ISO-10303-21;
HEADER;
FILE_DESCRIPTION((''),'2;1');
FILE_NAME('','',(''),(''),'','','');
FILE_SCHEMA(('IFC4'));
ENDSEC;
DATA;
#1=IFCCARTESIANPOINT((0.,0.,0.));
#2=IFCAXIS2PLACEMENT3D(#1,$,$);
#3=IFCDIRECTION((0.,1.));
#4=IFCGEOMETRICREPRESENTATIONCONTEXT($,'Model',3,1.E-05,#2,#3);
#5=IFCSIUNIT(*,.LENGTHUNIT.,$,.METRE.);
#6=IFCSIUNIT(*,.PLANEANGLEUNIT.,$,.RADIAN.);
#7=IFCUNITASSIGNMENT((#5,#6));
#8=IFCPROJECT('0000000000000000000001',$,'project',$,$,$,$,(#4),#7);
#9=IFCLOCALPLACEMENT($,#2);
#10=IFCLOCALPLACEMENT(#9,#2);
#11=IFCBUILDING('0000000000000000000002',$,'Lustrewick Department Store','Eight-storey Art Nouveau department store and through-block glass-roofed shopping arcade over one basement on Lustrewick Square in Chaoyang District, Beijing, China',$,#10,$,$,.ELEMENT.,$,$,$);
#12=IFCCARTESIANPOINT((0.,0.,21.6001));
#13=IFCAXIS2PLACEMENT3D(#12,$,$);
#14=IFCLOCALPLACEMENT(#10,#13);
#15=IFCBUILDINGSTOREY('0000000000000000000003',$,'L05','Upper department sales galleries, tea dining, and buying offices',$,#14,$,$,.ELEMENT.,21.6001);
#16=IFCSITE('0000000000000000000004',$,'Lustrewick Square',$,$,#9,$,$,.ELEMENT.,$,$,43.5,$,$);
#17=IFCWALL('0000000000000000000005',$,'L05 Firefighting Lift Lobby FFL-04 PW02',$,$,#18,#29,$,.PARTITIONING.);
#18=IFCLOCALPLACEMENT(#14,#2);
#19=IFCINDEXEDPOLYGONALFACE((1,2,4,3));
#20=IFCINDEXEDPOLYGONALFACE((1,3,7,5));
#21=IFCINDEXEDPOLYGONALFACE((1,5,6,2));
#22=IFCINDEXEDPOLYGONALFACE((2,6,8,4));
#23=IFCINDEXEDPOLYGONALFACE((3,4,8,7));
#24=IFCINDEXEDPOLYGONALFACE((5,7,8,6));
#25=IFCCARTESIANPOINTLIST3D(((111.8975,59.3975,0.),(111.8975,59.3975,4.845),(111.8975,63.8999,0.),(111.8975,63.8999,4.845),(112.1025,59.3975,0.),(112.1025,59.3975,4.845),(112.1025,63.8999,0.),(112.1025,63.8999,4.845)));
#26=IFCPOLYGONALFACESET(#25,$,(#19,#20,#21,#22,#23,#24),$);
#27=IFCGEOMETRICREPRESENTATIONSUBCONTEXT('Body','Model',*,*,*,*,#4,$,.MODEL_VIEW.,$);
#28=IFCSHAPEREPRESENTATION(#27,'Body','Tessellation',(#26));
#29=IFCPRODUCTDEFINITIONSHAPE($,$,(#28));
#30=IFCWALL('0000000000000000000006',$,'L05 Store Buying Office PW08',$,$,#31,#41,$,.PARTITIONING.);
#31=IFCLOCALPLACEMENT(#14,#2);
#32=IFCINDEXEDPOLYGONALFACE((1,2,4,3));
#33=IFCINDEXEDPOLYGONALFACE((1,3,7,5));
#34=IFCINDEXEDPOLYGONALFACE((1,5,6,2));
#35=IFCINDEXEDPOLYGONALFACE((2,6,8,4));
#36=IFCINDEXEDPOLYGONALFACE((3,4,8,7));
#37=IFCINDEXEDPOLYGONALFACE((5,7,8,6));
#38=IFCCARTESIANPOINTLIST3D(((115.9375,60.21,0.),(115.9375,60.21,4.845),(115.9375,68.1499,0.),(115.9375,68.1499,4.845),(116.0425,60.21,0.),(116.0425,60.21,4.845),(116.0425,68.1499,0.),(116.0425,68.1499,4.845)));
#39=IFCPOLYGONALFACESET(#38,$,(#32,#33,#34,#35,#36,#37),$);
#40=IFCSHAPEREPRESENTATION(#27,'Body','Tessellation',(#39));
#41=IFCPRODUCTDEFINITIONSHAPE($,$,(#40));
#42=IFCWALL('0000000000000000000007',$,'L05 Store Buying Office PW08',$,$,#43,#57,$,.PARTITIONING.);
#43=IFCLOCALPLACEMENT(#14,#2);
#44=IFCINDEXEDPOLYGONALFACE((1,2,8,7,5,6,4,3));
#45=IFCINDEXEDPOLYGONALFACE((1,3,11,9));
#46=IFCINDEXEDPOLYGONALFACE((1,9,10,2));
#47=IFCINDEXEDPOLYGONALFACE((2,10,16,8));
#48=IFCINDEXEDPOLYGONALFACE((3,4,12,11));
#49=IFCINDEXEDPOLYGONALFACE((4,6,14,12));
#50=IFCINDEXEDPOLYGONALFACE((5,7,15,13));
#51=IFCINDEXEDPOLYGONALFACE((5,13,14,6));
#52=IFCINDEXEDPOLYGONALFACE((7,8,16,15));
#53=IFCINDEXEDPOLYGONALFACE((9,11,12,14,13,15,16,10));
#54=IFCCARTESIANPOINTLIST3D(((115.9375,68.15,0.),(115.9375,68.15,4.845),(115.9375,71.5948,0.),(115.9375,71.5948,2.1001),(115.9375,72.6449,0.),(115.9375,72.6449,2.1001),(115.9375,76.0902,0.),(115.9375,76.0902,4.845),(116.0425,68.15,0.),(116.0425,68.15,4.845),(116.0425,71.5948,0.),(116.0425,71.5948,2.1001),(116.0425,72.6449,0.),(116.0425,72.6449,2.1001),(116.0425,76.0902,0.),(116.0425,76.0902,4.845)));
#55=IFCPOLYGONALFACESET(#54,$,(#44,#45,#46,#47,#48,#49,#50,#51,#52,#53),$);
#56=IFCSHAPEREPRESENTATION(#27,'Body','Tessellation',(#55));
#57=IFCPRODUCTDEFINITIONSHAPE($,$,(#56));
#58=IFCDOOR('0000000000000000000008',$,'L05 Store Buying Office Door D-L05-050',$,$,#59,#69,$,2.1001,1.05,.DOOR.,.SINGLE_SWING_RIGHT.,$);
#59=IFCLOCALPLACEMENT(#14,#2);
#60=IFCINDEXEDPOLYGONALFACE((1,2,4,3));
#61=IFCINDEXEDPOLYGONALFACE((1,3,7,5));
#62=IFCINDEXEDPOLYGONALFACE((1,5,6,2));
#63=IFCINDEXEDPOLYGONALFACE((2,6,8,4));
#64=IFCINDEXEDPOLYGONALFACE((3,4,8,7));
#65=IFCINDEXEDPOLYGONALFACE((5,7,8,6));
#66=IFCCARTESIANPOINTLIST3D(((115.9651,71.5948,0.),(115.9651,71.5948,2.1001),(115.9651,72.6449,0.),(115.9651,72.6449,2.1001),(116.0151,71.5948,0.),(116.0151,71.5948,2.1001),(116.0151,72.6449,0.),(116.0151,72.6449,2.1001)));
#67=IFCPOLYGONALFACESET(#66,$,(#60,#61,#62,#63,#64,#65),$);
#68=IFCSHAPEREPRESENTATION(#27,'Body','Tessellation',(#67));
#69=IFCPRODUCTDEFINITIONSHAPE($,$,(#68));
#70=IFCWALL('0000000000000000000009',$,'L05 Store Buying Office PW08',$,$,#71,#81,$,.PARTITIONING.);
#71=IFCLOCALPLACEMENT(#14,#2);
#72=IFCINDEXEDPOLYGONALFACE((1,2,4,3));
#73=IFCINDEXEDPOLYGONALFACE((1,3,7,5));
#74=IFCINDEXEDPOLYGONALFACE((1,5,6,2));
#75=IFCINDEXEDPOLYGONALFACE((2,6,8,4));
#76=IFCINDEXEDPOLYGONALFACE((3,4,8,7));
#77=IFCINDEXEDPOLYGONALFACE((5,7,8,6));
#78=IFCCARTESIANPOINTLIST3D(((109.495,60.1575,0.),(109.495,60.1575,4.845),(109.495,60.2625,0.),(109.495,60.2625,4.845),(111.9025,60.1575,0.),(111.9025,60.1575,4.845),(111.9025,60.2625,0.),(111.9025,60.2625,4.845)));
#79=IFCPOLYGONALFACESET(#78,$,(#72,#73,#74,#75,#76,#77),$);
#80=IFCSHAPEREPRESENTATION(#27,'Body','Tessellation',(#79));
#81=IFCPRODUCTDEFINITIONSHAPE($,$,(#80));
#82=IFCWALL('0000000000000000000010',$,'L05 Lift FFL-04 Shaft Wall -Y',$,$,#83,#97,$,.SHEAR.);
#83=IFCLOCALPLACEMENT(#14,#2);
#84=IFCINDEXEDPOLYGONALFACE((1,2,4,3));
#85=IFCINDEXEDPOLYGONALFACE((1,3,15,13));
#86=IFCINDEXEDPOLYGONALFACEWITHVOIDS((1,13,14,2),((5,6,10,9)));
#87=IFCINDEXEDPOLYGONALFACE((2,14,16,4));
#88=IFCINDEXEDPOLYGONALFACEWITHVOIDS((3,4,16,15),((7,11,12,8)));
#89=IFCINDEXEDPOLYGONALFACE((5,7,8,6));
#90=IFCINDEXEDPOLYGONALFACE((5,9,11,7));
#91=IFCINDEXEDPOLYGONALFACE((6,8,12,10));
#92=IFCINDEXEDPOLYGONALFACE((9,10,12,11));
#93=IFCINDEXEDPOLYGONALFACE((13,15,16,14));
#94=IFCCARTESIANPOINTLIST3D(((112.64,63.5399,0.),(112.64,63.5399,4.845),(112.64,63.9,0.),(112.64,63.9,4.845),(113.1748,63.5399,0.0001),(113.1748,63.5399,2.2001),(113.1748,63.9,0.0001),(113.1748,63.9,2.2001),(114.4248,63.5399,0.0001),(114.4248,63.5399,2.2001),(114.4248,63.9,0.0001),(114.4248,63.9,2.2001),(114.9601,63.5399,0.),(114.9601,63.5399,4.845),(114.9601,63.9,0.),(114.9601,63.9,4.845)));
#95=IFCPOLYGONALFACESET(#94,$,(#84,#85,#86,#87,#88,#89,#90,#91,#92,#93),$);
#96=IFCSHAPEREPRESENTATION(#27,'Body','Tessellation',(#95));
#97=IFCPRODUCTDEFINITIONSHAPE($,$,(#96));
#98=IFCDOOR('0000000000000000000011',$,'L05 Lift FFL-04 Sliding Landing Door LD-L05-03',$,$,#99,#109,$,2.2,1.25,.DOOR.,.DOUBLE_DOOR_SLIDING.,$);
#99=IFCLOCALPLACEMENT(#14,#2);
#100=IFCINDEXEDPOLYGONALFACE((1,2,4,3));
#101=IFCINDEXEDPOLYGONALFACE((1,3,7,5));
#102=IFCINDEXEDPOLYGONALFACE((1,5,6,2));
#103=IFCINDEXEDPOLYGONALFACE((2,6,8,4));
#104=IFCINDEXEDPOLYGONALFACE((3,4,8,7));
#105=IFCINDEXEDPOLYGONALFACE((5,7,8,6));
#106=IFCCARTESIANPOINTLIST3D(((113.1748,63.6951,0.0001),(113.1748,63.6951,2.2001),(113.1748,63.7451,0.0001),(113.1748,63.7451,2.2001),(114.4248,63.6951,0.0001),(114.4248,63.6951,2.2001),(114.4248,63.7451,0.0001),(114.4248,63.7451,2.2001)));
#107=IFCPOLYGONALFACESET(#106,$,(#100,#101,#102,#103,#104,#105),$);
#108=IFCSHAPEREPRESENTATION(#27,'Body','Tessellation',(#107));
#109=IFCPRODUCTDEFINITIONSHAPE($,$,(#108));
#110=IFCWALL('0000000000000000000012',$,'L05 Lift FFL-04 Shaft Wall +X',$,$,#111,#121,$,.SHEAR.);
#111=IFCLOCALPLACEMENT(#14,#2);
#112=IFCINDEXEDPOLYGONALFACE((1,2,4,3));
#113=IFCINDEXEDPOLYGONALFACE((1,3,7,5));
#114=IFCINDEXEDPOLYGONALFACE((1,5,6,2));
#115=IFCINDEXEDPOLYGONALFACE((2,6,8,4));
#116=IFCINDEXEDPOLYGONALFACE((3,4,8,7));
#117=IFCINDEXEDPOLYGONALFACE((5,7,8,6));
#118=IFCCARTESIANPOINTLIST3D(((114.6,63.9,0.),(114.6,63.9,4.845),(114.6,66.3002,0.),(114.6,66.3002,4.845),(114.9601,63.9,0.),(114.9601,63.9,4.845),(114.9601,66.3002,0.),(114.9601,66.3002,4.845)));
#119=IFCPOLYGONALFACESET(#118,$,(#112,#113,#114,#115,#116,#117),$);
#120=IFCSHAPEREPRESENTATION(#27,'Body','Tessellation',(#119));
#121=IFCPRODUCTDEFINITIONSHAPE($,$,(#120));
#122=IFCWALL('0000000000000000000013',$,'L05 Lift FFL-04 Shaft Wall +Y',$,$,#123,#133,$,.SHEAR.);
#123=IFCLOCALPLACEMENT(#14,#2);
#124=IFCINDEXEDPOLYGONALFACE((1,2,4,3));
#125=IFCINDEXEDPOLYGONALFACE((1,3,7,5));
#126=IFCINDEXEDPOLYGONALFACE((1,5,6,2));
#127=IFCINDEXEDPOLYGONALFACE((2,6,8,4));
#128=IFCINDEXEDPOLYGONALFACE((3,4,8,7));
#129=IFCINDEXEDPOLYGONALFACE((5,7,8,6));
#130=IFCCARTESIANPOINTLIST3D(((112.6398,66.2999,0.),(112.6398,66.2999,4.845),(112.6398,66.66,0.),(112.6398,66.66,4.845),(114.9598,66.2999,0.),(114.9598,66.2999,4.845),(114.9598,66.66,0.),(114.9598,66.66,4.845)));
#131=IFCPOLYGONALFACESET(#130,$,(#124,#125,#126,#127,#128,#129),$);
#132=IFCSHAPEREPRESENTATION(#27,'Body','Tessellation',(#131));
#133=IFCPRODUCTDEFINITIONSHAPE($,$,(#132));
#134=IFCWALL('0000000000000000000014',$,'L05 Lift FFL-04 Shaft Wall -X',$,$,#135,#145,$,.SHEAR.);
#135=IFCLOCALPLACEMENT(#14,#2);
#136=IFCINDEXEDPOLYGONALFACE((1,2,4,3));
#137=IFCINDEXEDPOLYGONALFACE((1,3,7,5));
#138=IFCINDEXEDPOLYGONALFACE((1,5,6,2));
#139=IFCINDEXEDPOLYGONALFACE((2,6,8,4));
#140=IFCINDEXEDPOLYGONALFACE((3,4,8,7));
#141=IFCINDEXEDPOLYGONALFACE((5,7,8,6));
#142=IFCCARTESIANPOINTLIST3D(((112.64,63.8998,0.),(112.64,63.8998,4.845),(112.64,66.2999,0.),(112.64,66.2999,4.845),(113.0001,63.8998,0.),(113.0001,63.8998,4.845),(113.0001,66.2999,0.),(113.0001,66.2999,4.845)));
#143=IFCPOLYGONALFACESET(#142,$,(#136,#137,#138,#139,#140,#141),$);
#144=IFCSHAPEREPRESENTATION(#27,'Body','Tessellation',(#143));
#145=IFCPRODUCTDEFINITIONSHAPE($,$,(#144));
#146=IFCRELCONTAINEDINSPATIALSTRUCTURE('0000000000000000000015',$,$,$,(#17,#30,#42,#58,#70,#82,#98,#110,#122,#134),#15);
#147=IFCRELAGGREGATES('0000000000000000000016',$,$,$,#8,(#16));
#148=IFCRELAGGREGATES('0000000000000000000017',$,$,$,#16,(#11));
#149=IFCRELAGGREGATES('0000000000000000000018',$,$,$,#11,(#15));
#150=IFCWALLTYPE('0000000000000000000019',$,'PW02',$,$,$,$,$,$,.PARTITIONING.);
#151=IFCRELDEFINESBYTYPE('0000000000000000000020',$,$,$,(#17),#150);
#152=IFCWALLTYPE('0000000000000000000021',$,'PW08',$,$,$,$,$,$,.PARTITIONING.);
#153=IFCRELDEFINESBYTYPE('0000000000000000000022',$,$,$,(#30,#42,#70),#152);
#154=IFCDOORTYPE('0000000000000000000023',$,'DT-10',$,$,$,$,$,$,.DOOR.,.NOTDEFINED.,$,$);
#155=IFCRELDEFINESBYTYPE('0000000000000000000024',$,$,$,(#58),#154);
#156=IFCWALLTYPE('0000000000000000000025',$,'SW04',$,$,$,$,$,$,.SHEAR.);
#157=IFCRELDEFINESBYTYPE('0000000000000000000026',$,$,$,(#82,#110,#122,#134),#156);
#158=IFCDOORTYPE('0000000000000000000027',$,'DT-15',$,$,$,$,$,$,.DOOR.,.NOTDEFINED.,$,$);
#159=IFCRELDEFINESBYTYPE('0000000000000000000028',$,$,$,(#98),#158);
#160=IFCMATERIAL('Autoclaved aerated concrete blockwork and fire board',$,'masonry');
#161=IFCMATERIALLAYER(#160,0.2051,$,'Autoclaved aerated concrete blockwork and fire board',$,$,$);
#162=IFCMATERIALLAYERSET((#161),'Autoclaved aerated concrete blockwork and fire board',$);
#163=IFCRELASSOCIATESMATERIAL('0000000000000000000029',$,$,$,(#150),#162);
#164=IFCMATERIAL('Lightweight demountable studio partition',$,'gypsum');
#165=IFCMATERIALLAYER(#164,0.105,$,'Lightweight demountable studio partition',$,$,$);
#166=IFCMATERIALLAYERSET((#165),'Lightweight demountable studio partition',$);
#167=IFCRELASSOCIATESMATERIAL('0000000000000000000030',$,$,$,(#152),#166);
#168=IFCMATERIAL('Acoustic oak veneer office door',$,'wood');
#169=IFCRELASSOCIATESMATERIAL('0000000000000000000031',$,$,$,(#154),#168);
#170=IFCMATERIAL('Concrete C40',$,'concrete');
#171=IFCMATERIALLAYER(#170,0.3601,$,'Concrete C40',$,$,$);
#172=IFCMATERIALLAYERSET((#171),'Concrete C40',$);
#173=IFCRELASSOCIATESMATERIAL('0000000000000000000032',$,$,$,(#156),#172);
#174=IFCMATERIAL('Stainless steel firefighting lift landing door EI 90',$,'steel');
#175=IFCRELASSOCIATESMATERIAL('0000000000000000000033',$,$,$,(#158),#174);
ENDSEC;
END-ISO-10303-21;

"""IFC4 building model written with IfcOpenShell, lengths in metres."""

from ifc_helpers import new_model, si_unit, direction, frame, frame_2d, origin, place, context, subcontext, project, spatial, rectangle, extrude, material, layer, layer_set, type_object, element, fill, save


model = new_model("IFC4")

# Units and contexts
model_context = context("Model", 3, precision=1e-05, world=origin(), true_north=direction((0.0, 1.0)))
body_context = subcontext(model_context, "Body", "Model", "MODEL_VIEW")
ifc_project = project(units=[si_unit("LENGTHUNIT", "METRE"), si_unit("PLANEANGLEUNIT", "RADIAN")], contexts=[model_context])

# Site, building, storey
site_placement = place(None, origin())
site = spatial("IfcSite", under=ifc_project, at=site_placement, Name="Lustrewick Square", CompositionType="ELEMENT", RefElevation=43.5)
building_placement = place(site_placement, origin())
building = spatial("IfcBuilding", under=site, at=building_placement, Name="Lustrewick Department Store", Description="Eight-storey Art Nouveau department store and through-block glass-roofed shopping arcade over one basement on Lustrewick Square in Chaoyang District, Beijing, China", CompositionType="ELEMENT")
storey_placement = place(building_placement, frame((0.0, 0.0, 21.6001)))
storey = spatial("IfcBuildingStorey", under=building, at=storey_placement, Name="L05", Description="Upper department sales galleries, tea dining, and buying offices", CompositionType="ELEMENT", Elevation=21.6001)

# Shared definitions
ifc_material_1 = material(Name="Autoclaved aerated concrete blockwork and fire board", Category="masonry")
ifc_layer_1 = layer(ifc_material_1, 0.2051, Name="Autoclaved aerated concrete blockwork and fire board")
ifc_layer_set_1 = layer_set([ifc_layer_1], Name="Autoclaved aerated concrete blockwork and fire board")
wall_type_1 = type_object("IfcWallType", Name="PW02", PredefinedType="PARTITIONING", material=ifc_layer_set_1)

# Walls
for number, where, z_axis, x_axis, name in (
    (1, (112.0, 63.8999, 0.0), (0.0, 0.0, 1.0), (0.0, -1.0, 0.0), "L05 Firefighting Lift Lobby FFL-04 PW02"),
):
    element("IfcWall", number, at=place(storey_placement, frame(where, z_axis=z_axis, x_axis=x_axis)), inside=storey, type_object=wall_type_1, Name=name, PredefinedType="PARTITIONING", context=body_context, shape_type="SweptSolid", body=[
        extrude(rectangle(XDim=4.5024, YDim=0.2051, at=frame_2d((2.2512, 0.0))), origin(), (0.0, 0.0, 1.0), 4.845),
    ])
ifc_material_2 = material(Name="Lightweight demountable studio partition", Category="gypsum")
ifc_layer_2 = layer(ifc_material_2, 0.105, Name="Lightweight demountable studio partition")
ifc_layer_set_2 = layer_set([ifc_layer_2], Name="Lightweight demountable studio partition")
wall_type_2 = type_object("IfcWallType", Name="PW08", PredefinedType="PARTITIONING", material=ifc_layer_set_2)
wall_1_placement = place(storey_placement, frame((115.99, 60.21, 0.0), z_axis=(0.0, 0.0, 1.0), x_axis=(0.0, 1.0, 0.0)))
element("IfcWall", 2, at=wall_1_placement, inside=storey, type_object=wall_type_2, Name="L05 Store Buying Office PW08", PredefinedType="PARTITIONING", context=body_context, shape_type="SweptSolid", body=[
    extrude(rectangle(XDim=7.9399, YDim=0.105, at=frame_2d((3.97, 0.0))), origin(), (0.0, 0.0, 1.0), 4.845),
])

# Wall, opening, door
wall_2_placement = place(storey_placement, frame((115.99, 68.1499, 0.0), z_axis=(0.0, 0.0, 1.0), x_axis=(0.0, 1.0, 0.0)))
wall_2 = element("IfcWall", 3, at=wall_2_placement, inside=storey, type_object=wall_type_2, Name="L05 Store Buying Office PW08", PredefinedType="PARTITIONING", context=body_context, shape_type="SweptSolid", body=[
    extrude(rectangle(XDim=7.9402, YDim=0.105, at=frame_2d((3.9702, 0.0))), origin(), (0.0, 0.0, 1.0), 4.845),
])
opening_1_placement = place(wall_2_placement, frame((3.4451, 0.0, 0.0)))
opening_1 = element("IfcOpeningElement", 4, at=opening_1_placement, cuts=wall_2, PredefinedType="OPENING", context=body_context, shape_type="SweptSolid", body=[
    extrude(rectangle(XDim=1.05, YDim=2.1001, at=frame_2d((0.5249, 1.05))), frame((0.0, 0.0625, 0.0), z_axis=(0.0, -1.0, 0.0), x_axis=(1.0, 0.0, 0.0)), (0.0, 0.0, 1.0), 0.125),
])
ifc_material_3 = material(Name="Acoustic oak veneer office door", Category="wood")
door_type_1 = type_object("IfcDoorType", Name="DT-10", OperationType="NOTDEFINED", PredefinedType="DOOR", material=ifc_material_3)
door_1_placement = place(opening_1_placement, origin())
door_1 = element("IfcDoor", 5, at=door_1_placement, inside=storey, type_object=door_type_1, Name="L05 Store Buying Office Door D-L05-050", OperationType="SINGLE_SWING_RIGHT", OverallHeight=2.1001, OverallWidth=1.05, PredefinedType="DOOR", context=body_context, shape_type="SweptSolid", body=[
    extrude(rectangle(XDim=1.05, YDim=2.1001, at=frame_2d((0.5249, 1.05))), frame((0.0, 0.0249, 0.0), z_axis=(0.0, -1.0, 0.0), x_axis=(1.0, 0.0, 0.0)), (0.0, 0.0, 1.0), 0.05),
])
fill(opening_1, door_1)

# Wall
wall_3_placement = place(storey_placement, frame((109.4951, 60.21, 0.0), z_axis=(0.0, 0.0, 1.0), x_axis=(1.0, 0.0, 0.0)))
element("IfcWall", 6, at=wall_3_placement, inside=storey, type_object=wall_type_2, Name="L05 Store Buying Office PW08", PredefinedType="PARTITIONING", context=body_context, shape_type="SweptSolid", body=[
    extrude(rectangle(XDim=2.4075, YDim=0.105, at=frame_2d((1.2036, 0.0))), origin(), (0.0, 0.0, 1.0), 4.845),
])

# Wall, opening, door
ifc_material_4 = material(Name="Concrete C40", Category="concrete")
ifc_layer_3 = layer(ifc_material_4, 0.3601, Name="Concrete C40")
ifc_layer_set_3 = layer_set([ifc_layer_3], Name="Concrete C40")
wall_type_3 = type_object("IfcWallType", Name="SW04", PredefinedType="SHEAR", material=ifc_layer_set_3)
wall_4_placement = place(storey_placement, frame((112.6399, 63.72, 0.0), z_axis=(0.0, 0.0, 1.0), x_axis=(1.0, 0.0, 0.0)))
wall_4 = element("IfcWall", 7, at=wall_4_placement, inside=storey, type_object=wall_type_3, Name="L05 Lift FFL-04 Shaft Wall -Y", PredefinedType="SHEAR", context=body_context, shape_type="SweptSolid", body=[
    extrude(rectangle(XDim=2.3201, YDim=0.3601, at=frame_2d((1.1602, 0.0))), origin(), (0.0, 0.0, 1.0), 4.845),
])
opening_2_placement = place(wall_4_placement, frame((0.5349, 0.0, 0.0)))
opening_2 = element("IfcOpeningElement", 8, at=opening_2_placement, cuts=wall_4, PredefinedType="OPENING", context=body_context, shape_type="SweptSolid", body=[
    extrude(rectangle(XDim=1.25, YDim=2.2, at=frame_2d((0.625, 1.1001))), frame((0.0, 0.1899, 0.0), z_axis=(0.0, -1.0, 0.0), x_axis=(1.0, 0.0, 0.0)), (0.0, 0.0, 1.0), 0.3801),
])
ifc_material_5 = material(Name="Stainless steel firefighting lift landing door EI 90", Category="steel")
door_type_2 = type_object("IfcDoorType", Name="DT-15", OperationType="NOTDEFINED", PredefinedType="DOOR", material=ifc_material_5)
door_2_placement = place(opening_2_placement, frame((1.25, 0.0, 0.0), z_axis=(0.0, 0.0, 1.0), x_axis=(-1.0, 0.0, 0.0)))
door_2 = element("IfcDoor", 9, at=door_2_placement, inside=storey, type_object=door_type_2, Name="L05 Lift FFL-04 Sliding Landing Door LD-L05-03", OperationType="DOUBLE_DOOR_SLIDING", OverallHeight=2.2, OverallWidth=1.25, PredefinedType="DOOR", context=body_context, shape_type="SweptSolid", body=[
    extrude(rectangle(XDim=1.25, YDim=2.2, at=frame_2d((0.625, 1.1001))), frame((0.0, 0.0249, 0.0), z_axis=(0.0, -1.0, 0.0), x_axis=(1.0, 0.0, 0.0)), (0.0, 0.0, 1.0), 0.05),
])
fill(opening_2, door_2)

# Walls
wall_5_placement = place(storey_placement, frame((114.78, 63.8999, 0.0), z_axis=(0.0, 0.0, 1.0), x_axis=(0.0, 1.0, 0.0)))
element("IfcWall", 10, at=wall_5_placement, inside=storey, type_object=wall_type_3, Name="L05 Lift FFL-04 Shaft Wall +X", PredefinedType="SHEAR", context=body_context, shape_type="SweptSolid", body=[
    extrude(rectangle(XDim=2.4001, YDim=0.3601, at=frame_2d((1.2002, 0.0))), origin(), (0.0, 0.0, 1.0), 4.845),
])
wall_6_placement = place(storey_placement, frame((114.96, 66.48, 0.0), z_axis=(0.0, 0.0, 1.0), x_axis=(-1.0, 0.0, 0.0)))
element("IfcWall", 11, at=wall_6_placement, inside=storey, type_object=wall_type_3, Name="L05 Lift FFL-04 Shaft Wall +Y", PredefinedType="SHEAR", context=body_context, shape_type="SweptSolid", body=[
    extrude(rectangle(XDim=2.3201, YDim=0.3601, at=frame_2d((1.1602, 0.0))), origin(), (0.0, 0.0, 1.0), 4.845),
])
wall_7_placement = place(storey_placement, frame((112.8201, 66.3, 0.0), z_axis=(0.0, 0.0, 1.0), x_axis=(0.0, -1.0, 0.0)))
element("IfcWall", 12, at=wall_7_placement, inside=storey, type_object=wall_type_3, Name="L05 Lift FFL-04 Shaft Wall -X", PredefinedType="SHEAR", context=body_context, shape_type="SweptSolid", body=[
    extrude(rectangle(XDim=2.4001, YDim=0.3601, at=frame_2d((1.2002, 0.0))), origin(), (0.0, 0.0, 1.0), 4.845),
])

save(model, "model.ifc")
